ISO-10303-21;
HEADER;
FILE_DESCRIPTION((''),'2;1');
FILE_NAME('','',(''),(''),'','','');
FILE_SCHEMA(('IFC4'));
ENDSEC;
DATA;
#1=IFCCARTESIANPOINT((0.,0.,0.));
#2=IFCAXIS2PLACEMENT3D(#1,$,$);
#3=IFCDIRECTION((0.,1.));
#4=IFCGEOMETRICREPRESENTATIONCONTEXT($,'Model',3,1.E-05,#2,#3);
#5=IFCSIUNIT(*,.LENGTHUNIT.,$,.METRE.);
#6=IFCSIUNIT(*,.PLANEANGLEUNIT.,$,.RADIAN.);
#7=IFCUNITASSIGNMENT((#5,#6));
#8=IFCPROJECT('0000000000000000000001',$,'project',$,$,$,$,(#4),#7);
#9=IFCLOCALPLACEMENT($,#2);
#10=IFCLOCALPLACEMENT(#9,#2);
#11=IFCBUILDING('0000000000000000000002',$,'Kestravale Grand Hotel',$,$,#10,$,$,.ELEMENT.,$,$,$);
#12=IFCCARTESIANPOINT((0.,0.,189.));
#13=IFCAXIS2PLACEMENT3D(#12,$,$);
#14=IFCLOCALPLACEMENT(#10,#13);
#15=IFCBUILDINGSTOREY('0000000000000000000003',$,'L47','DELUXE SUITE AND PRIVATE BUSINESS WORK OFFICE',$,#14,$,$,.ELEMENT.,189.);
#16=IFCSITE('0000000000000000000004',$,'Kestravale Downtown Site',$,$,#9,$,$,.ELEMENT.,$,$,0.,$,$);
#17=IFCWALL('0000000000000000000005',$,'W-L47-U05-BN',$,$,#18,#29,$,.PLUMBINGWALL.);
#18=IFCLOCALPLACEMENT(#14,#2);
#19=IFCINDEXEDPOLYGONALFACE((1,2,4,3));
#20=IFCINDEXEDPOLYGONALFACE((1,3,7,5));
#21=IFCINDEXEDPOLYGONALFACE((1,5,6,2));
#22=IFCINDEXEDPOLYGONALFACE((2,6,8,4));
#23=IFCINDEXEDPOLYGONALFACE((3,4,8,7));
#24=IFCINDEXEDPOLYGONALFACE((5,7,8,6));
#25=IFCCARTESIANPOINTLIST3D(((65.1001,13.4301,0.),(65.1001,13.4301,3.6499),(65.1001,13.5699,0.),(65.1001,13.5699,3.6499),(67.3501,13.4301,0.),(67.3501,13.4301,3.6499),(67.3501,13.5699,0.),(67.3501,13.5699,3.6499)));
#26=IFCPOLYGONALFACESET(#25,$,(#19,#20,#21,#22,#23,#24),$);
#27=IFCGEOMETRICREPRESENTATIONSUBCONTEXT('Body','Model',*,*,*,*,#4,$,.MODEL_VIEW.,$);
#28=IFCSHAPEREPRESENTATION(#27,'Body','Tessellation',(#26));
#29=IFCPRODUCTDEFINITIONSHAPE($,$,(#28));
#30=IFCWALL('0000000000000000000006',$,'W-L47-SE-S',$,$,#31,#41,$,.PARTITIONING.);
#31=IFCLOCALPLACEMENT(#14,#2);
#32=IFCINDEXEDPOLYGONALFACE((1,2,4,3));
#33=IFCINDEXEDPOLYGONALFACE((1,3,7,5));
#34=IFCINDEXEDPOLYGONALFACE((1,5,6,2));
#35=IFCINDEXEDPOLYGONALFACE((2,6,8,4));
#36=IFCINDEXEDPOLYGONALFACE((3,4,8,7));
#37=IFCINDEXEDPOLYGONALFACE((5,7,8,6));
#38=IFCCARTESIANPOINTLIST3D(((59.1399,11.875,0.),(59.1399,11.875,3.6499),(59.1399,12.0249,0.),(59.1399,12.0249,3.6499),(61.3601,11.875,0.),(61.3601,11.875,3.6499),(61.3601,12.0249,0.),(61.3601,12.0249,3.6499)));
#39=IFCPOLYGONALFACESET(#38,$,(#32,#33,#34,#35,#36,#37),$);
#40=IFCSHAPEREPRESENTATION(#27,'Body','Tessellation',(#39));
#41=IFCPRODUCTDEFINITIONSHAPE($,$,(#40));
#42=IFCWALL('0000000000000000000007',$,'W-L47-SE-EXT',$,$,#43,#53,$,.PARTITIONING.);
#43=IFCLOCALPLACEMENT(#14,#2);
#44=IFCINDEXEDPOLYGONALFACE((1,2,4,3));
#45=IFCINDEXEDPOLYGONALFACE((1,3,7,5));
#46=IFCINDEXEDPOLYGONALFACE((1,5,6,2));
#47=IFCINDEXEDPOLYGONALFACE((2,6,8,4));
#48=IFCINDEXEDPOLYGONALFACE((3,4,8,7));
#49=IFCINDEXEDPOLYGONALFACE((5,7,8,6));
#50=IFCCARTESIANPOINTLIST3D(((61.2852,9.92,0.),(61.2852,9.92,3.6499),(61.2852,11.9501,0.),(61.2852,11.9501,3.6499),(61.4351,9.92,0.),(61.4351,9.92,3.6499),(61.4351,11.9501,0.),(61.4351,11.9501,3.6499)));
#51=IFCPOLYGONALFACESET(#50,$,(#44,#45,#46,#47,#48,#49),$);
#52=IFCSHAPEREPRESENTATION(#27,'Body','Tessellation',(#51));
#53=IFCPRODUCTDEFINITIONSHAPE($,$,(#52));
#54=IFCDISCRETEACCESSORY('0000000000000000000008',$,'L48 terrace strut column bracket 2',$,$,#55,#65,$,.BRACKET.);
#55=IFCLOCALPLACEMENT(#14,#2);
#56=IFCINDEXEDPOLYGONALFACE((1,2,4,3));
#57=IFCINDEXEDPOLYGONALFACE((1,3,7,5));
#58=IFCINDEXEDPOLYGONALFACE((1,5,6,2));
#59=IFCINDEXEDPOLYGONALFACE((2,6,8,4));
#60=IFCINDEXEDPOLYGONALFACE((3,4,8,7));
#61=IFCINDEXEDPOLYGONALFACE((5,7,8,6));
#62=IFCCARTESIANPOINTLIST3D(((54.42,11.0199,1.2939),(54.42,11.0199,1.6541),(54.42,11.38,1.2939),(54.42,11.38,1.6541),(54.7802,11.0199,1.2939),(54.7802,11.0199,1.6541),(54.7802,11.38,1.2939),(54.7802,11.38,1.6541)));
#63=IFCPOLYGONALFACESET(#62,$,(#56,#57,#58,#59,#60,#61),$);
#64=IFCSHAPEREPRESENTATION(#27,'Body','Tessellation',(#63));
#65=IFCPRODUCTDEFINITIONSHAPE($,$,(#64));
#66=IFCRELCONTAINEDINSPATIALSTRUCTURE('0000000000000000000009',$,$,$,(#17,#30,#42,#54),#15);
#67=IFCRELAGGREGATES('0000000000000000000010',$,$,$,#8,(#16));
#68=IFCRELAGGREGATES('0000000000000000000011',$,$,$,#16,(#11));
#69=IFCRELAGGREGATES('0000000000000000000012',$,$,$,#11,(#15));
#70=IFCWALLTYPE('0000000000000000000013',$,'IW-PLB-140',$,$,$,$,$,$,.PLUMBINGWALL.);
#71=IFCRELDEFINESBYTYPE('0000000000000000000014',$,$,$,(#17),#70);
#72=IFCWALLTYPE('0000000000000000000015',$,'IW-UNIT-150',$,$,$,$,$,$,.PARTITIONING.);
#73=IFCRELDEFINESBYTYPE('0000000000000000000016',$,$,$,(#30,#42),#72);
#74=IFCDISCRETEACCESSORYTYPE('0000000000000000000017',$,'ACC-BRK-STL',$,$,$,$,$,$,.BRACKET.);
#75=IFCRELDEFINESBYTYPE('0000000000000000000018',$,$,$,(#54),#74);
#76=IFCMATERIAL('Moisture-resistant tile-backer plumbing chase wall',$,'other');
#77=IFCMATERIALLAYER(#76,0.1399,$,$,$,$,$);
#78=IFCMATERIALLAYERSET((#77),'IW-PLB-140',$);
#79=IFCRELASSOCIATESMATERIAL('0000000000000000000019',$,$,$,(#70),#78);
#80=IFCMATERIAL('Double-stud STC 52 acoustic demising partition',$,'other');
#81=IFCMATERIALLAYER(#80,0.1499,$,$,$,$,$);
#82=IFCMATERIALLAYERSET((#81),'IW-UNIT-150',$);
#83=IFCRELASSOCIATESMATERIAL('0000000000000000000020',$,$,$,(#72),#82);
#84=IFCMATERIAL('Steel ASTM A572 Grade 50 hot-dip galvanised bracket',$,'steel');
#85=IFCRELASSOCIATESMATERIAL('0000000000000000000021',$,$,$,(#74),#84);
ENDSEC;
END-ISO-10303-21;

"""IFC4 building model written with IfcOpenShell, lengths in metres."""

from ifc_helpers import new_model, si_unit, direction, frame, frame_2d, origin, origin_2d, place, context, subcontext, project, spatial, rectangle, extrude, material, layer, layer_set, type_object, element, save


model = new_model("IFC4")

# Units and contexts
model_context = context("Model", 3, precision=1e-05, world=origin(), true_north=direction((0.0, 1.0)))
body_context = subcontext(model_context, "Body", "Model", "MODEL_VIEW")
ifc_project = project(units=[si_unit("LENGTHUNIT", "METRE"), si_unit("PLANEANGLEUNIT", "RADIAN")], contexts=[model_context])

# Site, building, storey
site_placement = place(None, origin())
site = spatial("IfcSite", under=ifc_project, at=site_placement, Name="Kestravale Downtown Site", CompositionType="ELEMENT", RefElevation=0.0)
building_placement = place(site_placement, origin())
building = spatial("IfcBuilding", under=site, at=building_placement, Name="Kestravale Grand Hotel", CompositionType="ELEMENT")
storey_placement = place(building_placement, frame((0.0, 0.0, 189.0)))
storey = spatial("IfcBuildingStorey", under=building, at=storey_placement, Name="L47", Description="DELUXE SUITE AND PRIVATE BUSINESS WORK OFFICE", CompositionType="ELEMENT", Elevation=189.0)

# Shared definitions
ifc_material_1 = material(Name="Moisture-resistant tile-backer plumbing chase wall", Category="other")
ifc_layer_1 = layer(ifc_material_1, 0.1399)
ifc_layer_set_1 = layer_set([ifc_layer_1], Name="IW-PLB-140")
wall_type_1 = type_object("IfcWallType", Name="IW-PLB-140", PredefinedType="PLUMBINGWALL", material=ifc_layer_set_1)

# Walls
for number, where, z_axis, x_axis, name in (
    (1, (65.1001, 13.5, 0.0), (0.0, 0.0, 1.0), (1.0, 0.0, 0.0), "W-L47-U05-BN"),
):
    element("IfcWall", number, at=place(storey_placement, frame(where, z_axis=z_axis, x_axis=x_axis)), inside=storey, type_object=wall_type_1, Name=name, PredefinedType="PLUMBINGWALL", context=body_context, shape_type="SweptSolid", body=[
        extrude(rectangle(XDim=2.25, YDim=0.1399, at=frame_2d((1.125, 0.0))), origin(), (0.0, 0.0, 1.0), 3.6499),
    ])
ifc_material_2 = material(Name="Double-stud STC 52 acoustic demising partition", Category="other")
ifc_layer_2 = layer(ifc_material_2, 0.1499)
ifc_layer_set_2 = layer_set([ifc_layer_2], Name="IW-UNIT-150")
wall_type_2 = type_object("IfcWallType", Name="IW-UNIT-150", PredefinedType="PARTITIONING", material=ifc_layer_set_2)
wall_1_placement = place(storey_placement, frame((59.1399, 11.95, 0.0), z_axis=(0.0, 0.0, 1.0), x_axis=(1.0, 0.0, 0.0)))
element("IfcWall", 2, at=wall_1_placement, inside=storey, type_object=wall_type_2, Name="W-L47-SE-S", PredefinedType="PARTITIONING", context=body_context, shape_type="SweptSolid", body=[
    extrude(rectangle(XDim=2.2202, YDim=0.1499, at=frame_2d((1.1101, 0.0))), origin(), (0.0, 0.0, 1.0), 3.6499),
])
wall_2_placement = place(storey_placement, frame((61.3601, 9.9199, 0.0), z_axis=(0.0, 0.0, 1.0), x_axis=(0.0, 1.0, 0.0)))
element("IfcWall", 3, at=wall_2_placement, inside=storey, type_object=wall_type_2, Name="W-L47-SE-EXT", PredefinedType="PARTITIONING", context=body_context, shape_type="SweptSolid", body=[
    extrude(rectangle(XDim=2.03, YDim=0.1499, at=frame_2d((1.0151, 0.0))), origin(), (0.0, 0.0, 1.0), 3.6499),
])

# Discrete accessory
ifc_material_3 = material(Name="Steel ASTM A572 Grade 50 hot-dip galvanised bracket", Category="steel")
discrete_accessory_type = type_object("IfcDiscreteAccessoryType", Name="ACC-BRK-STL", PredefinedType="BRACKET", material=ifc_material_3)
discrete_accessory_placement = place(storey_placement, frame((54.6001, 11.2, 1.2939), z_axis=(0.0, 0.0, 1.0), x_axis=(1.0, 0.0, 0.0)))
element("IfcDiscreteAccessory", 4, at=discrete_accessory_placement, inside=storey, type_object=discrete_accessory_type, Name="L48 terrace strut column bracket 2", PredefinedType="BRACKET", context=body_context, shape_type="SweptSolid", body=[
    extrude(rectangle(XDim=0.3601, YDim=0.3601, at=origin_2d()), origin(), (0.0, 0.0, 1.0), 0.3601),
])

save(model, "model.ifc")
